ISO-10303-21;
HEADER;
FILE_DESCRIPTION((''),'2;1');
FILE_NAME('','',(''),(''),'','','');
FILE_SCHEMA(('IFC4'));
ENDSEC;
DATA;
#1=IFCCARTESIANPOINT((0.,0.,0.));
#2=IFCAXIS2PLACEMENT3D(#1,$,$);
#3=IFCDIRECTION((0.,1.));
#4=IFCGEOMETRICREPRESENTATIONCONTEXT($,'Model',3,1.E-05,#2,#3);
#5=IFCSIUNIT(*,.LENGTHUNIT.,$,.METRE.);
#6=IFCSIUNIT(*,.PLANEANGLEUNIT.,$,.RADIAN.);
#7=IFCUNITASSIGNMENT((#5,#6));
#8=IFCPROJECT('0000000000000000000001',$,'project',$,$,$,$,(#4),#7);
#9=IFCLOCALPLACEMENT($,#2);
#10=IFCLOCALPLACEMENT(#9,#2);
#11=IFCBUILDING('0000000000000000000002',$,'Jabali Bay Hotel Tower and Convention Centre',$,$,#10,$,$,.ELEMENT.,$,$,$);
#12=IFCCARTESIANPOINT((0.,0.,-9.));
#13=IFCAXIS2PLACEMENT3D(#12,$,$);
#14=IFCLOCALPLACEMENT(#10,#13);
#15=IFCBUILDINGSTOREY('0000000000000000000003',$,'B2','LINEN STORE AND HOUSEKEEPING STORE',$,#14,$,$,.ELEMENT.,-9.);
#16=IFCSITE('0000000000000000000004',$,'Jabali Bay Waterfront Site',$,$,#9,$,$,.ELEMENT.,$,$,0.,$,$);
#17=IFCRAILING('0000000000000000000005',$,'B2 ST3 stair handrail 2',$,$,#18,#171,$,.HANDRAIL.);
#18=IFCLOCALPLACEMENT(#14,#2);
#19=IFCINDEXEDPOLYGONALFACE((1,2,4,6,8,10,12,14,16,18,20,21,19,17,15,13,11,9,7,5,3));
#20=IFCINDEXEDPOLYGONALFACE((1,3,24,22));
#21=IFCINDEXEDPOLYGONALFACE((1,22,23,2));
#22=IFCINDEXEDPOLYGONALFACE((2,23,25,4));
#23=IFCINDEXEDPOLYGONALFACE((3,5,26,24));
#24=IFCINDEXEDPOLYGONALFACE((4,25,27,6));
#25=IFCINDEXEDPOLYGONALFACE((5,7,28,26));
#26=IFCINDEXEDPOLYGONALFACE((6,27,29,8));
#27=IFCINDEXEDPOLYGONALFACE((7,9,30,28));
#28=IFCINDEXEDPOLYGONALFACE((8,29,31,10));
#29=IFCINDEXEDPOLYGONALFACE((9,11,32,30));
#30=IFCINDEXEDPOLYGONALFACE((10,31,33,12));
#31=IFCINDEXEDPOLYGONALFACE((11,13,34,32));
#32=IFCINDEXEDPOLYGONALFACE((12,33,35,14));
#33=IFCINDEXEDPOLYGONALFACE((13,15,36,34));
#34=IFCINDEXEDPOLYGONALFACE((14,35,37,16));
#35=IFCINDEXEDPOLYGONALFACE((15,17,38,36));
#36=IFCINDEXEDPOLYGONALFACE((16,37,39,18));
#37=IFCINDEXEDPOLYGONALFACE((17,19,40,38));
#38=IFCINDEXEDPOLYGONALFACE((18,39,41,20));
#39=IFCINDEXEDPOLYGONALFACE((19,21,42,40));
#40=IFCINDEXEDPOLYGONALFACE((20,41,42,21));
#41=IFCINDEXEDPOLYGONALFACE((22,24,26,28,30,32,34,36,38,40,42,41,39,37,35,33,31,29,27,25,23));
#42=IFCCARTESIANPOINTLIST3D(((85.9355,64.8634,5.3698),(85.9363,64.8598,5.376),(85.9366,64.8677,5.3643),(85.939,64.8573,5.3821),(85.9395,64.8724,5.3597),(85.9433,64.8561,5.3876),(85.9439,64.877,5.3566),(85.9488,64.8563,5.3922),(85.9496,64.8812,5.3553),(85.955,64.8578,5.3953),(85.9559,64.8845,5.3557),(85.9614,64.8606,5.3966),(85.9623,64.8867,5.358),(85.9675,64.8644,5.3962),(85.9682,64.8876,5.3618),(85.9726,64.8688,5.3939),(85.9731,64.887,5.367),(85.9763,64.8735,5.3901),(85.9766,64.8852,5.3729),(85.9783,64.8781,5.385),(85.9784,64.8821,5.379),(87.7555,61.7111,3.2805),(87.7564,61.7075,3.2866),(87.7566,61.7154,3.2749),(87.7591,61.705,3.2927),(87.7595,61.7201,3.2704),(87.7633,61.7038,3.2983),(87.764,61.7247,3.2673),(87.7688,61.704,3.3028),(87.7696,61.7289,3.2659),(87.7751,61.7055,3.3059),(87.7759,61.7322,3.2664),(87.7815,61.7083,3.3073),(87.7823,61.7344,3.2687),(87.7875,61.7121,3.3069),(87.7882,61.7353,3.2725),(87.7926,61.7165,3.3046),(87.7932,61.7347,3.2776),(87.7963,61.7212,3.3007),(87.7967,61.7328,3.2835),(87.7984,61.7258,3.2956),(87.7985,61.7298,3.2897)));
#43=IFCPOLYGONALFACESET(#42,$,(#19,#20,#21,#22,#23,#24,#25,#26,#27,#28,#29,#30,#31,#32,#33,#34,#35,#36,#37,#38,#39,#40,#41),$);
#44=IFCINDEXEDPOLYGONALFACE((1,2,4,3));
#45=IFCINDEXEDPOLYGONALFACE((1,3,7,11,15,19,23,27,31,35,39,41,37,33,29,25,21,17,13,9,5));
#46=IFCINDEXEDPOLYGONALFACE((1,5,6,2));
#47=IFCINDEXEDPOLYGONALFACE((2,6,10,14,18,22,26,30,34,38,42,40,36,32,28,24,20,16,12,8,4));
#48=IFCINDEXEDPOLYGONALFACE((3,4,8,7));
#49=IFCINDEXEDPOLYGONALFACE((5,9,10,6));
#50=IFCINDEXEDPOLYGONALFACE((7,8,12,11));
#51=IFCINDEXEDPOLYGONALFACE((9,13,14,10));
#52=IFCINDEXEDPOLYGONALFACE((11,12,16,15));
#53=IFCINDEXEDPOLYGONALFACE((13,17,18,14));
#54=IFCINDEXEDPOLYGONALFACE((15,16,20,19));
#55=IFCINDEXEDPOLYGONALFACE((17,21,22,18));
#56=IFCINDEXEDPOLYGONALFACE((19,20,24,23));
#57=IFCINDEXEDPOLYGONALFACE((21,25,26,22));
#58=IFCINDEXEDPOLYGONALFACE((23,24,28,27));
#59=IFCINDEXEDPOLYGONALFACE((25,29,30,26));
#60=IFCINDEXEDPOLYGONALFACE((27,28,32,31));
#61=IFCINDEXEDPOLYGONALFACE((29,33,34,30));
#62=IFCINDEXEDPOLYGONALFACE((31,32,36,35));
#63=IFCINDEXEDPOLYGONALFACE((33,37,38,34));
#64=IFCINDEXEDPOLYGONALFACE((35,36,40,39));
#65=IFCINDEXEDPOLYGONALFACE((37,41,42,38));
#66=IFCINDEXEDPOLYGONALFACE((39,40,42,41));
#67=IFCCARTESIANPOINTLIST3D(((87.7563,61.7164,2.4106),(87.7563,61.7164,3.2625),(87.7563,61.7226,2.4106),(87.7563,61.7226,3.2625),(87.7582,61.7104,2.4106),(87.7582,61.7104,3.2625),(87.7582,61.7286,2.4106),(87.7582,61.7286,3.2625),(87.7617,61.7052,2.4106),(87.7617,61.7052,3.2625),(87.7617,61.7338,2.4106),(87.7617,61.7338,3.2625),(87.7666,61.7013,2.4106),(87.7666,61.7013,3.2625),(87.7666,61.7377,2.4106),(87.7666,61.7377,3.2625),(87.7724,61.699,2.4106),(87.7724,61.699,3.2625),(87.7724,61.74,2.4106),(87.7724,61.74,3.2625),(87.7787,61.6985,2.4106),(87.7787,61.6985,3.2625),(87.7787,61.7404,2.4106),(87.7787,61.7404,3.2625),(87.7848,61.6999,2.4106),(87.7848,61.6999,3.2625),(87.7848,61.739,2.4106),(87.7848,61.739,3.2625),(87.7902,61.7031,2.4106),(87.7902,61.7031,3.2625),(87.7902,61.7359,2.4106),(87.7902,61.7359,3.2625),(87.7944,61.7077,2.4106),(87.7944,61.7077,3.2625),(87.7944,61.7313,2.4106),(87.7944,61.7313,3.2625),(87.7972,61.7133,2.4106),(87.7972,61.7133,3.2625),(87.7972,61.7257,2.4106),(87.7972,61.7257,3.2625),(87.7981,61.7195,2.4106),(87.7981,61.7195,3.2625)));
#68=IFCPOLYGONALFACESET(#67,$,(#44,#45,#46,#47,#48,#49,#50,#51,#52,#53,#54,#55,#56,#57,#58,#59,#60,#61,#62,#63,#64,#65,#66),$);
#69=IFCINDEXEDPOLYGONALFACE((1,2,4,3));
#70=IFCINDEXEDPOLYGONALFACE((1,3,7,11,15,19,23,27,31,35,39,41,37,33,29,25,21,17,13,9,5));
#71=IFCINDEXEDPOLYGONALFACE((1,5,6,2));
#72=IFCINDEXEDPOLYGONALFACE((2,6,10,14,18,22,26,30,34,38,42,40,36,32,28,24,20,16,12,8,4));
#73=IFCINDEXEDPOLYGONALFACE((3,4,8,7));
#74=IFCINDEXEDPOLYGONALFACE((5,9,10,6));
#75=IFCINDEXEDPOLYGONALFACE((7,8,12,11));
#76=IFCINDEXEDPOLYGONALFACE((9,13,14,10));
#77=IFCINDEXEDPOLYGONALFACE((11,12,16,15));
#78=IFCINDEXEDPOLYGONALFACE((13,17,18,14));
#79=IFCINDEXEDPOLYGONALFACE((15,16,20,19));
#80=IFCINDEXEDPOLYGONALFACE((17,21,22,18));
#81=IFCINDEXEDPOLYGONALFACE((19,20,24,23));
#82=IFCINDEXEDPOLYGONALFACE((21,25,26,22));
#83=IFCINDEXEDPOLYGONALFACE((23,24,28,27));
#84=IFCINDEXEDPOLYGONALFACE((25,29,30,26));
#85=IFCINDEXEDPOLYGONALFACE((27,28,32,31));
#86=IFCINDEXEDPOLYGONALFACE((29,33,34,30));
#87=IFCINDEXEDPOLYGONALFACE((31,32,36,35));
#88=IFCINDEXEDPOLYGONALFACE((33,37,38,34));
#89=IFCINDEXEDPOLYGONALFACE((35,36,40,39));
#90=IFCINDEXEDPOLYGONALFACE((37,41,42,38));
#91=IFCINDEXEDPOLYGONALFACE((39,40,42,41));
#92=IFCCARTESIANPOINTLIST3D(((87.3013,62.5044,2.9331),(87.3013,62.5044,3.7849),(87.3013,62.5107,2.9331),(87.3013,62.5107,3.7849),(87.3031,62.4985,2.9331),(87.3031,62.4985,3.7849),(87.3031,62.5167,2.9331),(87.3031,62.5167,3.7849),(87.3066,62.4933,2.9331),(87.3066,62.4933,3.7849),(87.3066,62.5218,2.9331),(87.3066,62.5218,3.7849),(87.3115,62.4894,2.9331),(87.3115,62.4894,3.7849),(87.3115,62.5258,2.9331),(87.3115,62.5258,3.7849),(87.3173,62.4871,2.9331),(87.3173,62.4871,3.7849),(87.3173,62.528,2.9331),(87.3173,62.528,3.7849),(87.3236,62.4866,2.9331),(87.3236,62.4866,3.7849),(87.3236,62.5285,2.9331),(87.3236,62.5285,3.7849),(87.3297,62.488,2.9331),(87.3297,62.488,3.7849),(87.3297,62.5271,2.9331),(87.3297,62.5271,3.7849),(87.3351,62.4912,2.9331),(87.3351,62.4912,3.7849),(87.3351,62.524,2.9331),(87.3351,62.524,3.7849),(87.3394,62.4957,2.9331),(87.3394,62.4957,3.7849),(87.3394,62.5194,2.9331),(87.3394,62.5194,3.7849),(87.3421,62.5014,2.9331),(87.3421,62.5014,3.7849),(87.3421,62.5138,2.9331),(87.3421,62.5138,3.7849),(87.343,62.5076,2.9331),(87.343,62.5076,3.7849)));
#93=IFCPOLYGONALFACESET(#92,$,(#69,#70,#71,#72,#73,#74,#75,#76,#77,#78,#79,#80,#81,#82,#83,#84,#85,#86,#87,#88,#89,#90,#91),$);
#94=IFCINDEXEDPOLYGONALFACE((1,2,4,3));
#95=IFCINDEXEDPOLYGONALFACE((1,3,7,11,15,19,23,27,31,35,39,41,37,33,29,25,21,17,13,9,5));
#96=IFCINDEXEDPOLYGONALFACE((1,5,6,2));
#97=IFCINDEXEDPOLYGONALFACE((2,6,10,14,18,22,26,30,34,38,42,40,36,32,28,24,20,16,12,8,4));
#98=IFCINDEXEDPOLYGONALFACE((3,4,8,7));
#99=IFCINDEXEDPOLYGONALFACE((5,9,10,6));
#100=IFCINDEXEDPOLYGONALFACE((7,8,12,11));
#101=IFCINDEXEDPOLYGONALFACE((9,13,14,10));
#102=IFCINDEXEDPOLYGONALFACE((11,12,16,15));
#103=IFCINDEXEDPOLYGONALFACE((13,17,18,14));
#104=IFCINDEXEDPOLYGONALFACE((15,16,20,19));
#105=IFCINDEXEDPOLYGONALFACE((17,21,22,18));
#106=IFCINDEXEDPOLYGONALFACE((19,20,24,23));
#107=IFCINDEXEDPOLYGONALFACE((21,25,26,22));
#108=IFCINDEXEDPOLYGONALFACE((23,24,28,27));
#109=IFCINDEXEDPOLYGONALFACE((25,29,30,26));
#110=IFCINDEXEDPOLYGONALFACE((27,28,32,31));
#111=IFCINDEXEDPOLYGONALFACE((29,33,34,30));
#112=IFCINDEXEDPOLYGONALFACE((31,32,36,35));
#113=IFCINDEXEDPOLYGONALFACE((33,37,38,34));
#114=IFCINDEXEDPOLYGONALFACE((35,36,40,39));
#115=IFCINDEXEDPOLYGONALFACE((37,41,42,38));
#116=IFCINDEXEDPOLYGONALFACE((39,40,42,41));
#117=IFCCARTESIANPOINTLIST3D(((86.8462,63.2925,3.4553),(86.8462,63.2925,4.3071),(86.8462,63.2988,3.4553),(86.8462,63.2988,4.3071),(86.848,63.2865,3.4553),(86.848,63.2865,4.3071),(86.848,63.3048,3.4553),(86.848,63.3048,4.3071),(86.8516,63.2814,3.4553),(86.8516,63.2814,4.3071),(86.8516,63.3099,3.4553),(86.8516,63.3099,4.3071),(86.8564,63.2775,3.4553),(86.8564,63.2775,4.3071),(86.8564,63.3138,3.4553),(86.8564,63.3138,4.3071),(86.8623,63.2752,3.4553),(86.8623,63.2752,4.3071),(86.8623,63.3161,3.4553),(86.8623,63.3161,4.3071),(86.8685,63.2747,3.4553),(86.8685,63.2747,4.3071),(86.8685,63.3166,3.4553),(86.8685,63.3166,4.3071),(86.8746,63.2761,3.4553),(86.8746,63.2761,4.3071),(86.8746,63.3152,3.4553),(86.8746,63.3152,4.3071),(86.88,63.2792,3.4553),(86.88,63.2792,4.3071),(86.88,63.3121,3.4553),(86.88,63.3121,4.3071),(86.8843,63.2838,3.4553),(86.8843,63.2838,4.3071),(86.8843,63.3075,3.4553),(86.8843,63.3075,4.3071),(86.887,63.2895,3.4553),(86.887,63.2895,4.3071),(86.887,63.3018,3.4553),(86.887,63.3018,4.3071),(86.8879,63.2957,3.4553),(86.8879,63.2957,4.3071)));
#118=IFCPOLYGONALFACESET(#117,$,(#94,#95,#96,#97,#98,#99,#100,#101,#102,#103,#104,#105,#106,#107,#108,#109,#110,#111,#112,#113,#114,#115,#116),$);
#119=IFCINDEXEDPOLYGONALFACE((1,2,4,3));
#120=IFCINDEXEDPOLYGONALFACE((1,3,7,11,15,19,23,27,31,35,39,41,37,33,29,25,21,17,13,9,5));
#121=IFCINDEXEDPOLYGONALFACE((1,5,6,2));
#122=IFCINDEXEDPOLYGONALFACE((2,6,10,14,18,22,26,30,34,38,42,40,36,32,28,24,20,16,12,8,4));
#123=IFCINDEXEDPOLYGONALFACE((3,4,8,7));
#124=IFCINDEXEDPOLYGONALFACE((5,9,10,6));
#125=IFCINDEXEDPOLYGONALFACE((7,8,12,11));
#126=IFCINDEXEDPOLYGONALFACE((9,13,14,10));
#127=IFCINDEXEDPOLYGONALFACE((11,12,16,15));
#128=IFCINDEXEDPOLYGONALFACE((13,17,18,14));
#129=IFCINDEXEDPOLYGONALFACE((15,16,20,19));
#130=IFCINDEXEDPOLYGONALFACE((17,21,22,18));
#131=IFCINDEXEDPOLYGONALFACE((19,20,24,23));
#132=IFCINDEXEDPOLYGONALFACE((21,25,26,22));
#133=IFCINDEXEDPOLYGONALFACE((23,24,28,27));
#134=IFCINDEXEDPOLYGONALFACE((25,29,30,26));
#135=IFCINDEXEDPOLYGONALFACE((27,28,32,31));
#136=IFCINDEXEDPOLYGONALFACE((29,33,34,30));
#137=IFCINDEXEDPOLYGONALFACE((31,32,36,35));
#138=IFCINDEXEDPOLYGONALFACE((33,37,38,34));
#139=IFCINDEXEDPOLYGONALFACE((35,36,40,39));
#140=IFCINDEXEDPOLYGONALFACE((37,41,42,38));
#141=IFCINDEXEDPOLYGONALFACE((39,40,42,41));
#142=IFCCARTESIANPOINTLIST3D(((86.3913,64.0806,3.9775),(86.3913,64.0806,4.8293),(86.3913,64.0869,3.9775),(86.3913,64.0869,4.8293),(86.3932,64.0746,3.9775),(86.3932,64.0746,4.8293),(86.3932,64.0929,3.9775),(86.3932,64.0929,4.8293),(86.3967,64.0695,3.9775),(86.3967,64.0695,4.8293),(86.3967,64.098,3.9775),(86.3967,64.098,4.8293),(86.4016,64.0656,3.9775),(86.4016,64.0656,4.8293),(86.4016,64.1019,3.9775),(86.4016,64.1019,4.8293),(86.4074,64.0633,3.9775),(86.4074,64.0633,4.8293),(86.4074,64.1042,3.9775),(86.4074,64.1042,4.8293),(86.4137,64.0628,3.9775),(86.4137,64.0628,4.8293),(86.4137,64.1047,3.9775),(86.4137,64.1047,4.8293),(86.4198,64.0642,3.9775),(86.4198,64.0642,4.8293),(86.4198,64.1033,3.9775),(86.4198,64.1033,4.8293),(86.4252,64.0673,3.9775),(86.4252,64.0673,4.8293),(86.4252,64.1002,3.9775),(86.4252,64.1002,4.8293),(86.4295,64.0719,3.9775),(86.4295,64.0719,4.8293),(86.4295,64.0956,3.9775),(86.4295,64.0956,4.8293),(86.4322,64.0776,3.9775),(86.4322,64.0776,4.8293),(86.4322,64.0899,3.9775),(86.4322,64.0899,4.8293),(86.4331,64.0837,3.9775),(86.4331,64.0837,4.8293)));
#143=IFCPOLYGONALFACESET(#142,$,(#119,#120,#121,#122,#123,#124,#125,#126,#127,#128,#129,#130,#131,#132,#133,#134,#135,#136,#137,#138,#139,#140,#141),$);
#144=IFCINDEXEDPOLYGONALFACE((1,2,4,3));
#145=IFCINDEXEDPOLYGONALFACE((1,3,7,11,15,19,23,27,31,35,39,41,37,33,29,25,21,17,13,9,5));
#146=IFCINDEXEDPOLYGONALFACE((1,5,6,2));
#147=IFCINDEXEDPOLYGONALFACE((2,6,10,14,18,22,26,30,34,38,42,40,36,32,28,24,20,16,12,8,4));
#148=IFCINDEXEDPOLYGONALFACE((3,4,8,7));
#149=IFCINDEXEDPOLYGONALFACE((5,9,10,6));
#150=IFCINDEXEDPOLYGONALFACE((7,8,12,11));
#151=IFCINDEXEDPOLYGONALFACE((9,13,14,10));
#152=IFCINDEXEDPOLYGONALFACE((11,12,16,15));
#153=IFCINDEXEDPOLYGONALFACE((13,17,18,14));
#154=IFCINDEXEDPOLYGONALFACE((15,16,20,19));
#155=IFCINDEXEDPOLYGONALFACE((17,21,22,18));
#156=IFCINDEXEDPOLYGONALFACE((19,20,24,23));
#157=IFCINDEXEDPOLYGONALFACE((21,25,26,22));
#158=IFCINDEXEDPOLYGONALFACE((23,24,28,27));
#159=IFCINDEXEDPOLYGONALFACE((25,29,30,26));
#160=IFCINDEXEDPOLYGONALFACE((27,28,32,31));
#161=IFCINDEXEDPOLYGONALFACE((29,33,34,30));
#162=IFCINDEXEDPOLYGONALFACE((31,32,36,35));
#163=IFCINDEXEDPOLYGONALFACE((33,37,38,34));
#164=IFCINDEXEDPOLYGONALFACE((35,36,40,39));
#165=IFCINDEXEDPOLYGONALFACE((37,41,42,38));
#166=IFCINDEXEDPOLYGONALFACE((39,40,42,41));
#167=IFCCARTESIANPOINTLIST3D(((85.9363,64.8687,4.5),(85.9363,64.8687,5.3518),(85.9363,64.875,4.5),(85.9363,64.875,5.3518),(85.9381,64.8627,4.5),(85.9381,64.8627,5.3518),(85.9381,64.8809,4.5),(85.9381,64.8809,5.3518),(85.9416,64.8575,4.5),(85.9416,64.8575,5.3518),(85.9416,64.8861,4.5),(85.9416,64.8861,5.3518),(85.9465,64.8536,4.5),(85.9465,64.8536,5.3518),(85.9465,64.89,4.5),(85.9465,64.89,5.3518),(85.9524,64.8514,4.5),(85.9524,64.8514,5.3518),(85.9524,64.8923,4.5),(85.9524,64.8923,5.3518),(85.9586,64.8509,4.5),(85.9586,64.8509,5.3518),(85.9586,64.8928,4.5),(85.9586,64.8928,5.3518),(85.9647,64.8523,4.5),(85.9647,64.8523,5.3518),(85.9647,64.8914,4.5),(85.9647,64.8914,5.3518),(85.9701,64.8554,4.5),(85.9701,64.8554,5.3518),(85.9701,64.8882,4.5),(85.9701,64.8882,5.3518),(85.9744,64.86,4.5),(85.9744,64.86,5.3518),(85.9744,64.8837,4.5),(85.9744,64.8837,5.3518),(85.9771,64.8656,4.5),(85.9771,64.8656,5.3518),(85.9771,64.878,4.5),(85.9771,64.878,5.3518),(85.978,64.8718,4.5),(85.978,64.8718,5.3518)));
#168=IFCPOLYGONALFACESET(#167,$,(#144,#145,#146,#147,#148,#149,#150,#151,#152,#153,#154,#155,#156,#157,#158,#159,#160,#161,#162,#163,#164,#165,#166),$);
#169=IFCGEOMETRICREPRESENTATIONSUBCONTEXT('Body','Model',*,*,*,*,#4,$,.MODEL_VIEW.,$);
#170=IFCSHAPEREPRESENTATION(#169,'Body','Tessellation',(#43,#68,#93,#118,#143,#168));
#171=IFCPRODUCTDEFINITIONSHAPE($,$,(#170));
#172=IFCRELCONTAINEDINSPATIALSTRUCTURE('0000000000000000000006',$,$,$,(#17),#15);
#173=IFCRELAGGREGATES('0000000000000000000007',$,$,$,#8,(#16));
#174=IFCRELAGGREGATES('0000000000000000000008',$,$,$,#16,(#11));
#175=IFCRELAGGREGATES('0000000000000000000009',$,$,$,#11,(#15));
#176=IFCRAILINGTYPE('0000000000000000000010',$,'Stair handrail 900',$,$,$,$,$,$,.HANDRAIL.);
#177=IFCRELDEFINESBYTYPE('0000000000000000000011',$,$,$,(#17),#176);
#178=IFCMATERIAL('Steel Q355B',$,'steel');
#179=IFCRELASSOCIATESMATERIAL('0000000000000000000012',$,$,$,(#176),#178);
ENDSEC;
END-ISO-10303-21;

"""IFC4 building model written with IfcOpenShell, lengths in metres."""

from ifc_helpers import new_model, si_unit, direction, frame, origin, origin_2d, place, context, subcontext, project, spatial, circle, extrude, material, type_object, element, save


model = new_model("IFC4")

# Units and contexts
model_context = context("Model", 3, precision=1e-05, world=origin(), true_north=direction((0.0, 1.0)))
body_context = subcontext(model_context, "Body", "Model", "MODEL_VIEW")
ifc_project = project(units=[si_unit("LENGTHUNIT", "METRE"), si_unit("PLANEANGLEUNIT", "RADIAN")], contexts=[model_context])

# Site, building, storey
site_placement = place(None, origin())
site = spatial("IfcSite", under=ifc_project, at=site_placement, Name="Jabali Bay Waterfront Site", CompositionType="ELEMENT", RefElevation=0.0)
building_placement = place(site_placement, origin())
building = spatial("IfcBuilding", under=site, at=building_placement, Name="Jabali Bay Hotel Tower and Convention Centre", CompositionType="ELEMENT")
storey_placement = place(building_placement, frame((0.0, 0.0, -9.0)))
storey = spatial("IfcBuildingStorey", under=building, at=storey_placement, Name="B2", Description="LINEN STORE AND HOUSEKEEPING STORE", CompositionType="ELEMENT", Elevation=-9.0)

# Railing
ifc_material_1 = material(Name="Steel Q355B", Category="steel")
railing_type = type_object("IfcRailingType", Name="Stair handrail 900", PredefinedType="HANDRAIL", material=ifc_material_1)
railing_placement = place(storey_placement, frame((87.7771, 61.7195, 2.4106)))
element("IfcRailing", 1, at=railing_placement, inside=storey, type_object=railing_type, Name="B2 ST3 stair handrail 2", PredefinedType="HANDRAIL", context=body_context, shape_type="SweptSolid", body=[
    extrude(circle(Radius=0.0239, at=origin_2d()), frame((0.0, 0.0, 0.876), z_axis=(-0.433653, 0.751084, 0.497814), x_axis=(-0.866018, -0.500013, 0.0)), (0.0, 0.0, 1.0), 4.197),
    extrude(circle(Radius=0.021, at=origin_2d()), origin(), (0.0, 0.0, 1.0), 0.8518),
    extrude(circle(Radius=0.021, at=origin_2d()), frame((-0.4551, 0.7881, 0.5225)), (0.0, 0.0, 1.0), 0.8518),
    extrude(circle(Radius=0.021, at=origin_2d()), frame((-0.9102, 1.5762, 1.0447)), (0.0, 0.0, 1.0), 0.8518),
    extrude(circle(Radius=0.021, at=origin_2d()), frame((-1.365, 2.3643, 1.5669)), (0.0, 0.0, 1.0), 0.8518),
    extrude(circle(Radius=0.021, at=origin_2d()), frame((-1.8201, 3.1523, 2.0894)), (0.0, 0.0, 1.0), 0.8518),
])

save(model, "model.ifc")
